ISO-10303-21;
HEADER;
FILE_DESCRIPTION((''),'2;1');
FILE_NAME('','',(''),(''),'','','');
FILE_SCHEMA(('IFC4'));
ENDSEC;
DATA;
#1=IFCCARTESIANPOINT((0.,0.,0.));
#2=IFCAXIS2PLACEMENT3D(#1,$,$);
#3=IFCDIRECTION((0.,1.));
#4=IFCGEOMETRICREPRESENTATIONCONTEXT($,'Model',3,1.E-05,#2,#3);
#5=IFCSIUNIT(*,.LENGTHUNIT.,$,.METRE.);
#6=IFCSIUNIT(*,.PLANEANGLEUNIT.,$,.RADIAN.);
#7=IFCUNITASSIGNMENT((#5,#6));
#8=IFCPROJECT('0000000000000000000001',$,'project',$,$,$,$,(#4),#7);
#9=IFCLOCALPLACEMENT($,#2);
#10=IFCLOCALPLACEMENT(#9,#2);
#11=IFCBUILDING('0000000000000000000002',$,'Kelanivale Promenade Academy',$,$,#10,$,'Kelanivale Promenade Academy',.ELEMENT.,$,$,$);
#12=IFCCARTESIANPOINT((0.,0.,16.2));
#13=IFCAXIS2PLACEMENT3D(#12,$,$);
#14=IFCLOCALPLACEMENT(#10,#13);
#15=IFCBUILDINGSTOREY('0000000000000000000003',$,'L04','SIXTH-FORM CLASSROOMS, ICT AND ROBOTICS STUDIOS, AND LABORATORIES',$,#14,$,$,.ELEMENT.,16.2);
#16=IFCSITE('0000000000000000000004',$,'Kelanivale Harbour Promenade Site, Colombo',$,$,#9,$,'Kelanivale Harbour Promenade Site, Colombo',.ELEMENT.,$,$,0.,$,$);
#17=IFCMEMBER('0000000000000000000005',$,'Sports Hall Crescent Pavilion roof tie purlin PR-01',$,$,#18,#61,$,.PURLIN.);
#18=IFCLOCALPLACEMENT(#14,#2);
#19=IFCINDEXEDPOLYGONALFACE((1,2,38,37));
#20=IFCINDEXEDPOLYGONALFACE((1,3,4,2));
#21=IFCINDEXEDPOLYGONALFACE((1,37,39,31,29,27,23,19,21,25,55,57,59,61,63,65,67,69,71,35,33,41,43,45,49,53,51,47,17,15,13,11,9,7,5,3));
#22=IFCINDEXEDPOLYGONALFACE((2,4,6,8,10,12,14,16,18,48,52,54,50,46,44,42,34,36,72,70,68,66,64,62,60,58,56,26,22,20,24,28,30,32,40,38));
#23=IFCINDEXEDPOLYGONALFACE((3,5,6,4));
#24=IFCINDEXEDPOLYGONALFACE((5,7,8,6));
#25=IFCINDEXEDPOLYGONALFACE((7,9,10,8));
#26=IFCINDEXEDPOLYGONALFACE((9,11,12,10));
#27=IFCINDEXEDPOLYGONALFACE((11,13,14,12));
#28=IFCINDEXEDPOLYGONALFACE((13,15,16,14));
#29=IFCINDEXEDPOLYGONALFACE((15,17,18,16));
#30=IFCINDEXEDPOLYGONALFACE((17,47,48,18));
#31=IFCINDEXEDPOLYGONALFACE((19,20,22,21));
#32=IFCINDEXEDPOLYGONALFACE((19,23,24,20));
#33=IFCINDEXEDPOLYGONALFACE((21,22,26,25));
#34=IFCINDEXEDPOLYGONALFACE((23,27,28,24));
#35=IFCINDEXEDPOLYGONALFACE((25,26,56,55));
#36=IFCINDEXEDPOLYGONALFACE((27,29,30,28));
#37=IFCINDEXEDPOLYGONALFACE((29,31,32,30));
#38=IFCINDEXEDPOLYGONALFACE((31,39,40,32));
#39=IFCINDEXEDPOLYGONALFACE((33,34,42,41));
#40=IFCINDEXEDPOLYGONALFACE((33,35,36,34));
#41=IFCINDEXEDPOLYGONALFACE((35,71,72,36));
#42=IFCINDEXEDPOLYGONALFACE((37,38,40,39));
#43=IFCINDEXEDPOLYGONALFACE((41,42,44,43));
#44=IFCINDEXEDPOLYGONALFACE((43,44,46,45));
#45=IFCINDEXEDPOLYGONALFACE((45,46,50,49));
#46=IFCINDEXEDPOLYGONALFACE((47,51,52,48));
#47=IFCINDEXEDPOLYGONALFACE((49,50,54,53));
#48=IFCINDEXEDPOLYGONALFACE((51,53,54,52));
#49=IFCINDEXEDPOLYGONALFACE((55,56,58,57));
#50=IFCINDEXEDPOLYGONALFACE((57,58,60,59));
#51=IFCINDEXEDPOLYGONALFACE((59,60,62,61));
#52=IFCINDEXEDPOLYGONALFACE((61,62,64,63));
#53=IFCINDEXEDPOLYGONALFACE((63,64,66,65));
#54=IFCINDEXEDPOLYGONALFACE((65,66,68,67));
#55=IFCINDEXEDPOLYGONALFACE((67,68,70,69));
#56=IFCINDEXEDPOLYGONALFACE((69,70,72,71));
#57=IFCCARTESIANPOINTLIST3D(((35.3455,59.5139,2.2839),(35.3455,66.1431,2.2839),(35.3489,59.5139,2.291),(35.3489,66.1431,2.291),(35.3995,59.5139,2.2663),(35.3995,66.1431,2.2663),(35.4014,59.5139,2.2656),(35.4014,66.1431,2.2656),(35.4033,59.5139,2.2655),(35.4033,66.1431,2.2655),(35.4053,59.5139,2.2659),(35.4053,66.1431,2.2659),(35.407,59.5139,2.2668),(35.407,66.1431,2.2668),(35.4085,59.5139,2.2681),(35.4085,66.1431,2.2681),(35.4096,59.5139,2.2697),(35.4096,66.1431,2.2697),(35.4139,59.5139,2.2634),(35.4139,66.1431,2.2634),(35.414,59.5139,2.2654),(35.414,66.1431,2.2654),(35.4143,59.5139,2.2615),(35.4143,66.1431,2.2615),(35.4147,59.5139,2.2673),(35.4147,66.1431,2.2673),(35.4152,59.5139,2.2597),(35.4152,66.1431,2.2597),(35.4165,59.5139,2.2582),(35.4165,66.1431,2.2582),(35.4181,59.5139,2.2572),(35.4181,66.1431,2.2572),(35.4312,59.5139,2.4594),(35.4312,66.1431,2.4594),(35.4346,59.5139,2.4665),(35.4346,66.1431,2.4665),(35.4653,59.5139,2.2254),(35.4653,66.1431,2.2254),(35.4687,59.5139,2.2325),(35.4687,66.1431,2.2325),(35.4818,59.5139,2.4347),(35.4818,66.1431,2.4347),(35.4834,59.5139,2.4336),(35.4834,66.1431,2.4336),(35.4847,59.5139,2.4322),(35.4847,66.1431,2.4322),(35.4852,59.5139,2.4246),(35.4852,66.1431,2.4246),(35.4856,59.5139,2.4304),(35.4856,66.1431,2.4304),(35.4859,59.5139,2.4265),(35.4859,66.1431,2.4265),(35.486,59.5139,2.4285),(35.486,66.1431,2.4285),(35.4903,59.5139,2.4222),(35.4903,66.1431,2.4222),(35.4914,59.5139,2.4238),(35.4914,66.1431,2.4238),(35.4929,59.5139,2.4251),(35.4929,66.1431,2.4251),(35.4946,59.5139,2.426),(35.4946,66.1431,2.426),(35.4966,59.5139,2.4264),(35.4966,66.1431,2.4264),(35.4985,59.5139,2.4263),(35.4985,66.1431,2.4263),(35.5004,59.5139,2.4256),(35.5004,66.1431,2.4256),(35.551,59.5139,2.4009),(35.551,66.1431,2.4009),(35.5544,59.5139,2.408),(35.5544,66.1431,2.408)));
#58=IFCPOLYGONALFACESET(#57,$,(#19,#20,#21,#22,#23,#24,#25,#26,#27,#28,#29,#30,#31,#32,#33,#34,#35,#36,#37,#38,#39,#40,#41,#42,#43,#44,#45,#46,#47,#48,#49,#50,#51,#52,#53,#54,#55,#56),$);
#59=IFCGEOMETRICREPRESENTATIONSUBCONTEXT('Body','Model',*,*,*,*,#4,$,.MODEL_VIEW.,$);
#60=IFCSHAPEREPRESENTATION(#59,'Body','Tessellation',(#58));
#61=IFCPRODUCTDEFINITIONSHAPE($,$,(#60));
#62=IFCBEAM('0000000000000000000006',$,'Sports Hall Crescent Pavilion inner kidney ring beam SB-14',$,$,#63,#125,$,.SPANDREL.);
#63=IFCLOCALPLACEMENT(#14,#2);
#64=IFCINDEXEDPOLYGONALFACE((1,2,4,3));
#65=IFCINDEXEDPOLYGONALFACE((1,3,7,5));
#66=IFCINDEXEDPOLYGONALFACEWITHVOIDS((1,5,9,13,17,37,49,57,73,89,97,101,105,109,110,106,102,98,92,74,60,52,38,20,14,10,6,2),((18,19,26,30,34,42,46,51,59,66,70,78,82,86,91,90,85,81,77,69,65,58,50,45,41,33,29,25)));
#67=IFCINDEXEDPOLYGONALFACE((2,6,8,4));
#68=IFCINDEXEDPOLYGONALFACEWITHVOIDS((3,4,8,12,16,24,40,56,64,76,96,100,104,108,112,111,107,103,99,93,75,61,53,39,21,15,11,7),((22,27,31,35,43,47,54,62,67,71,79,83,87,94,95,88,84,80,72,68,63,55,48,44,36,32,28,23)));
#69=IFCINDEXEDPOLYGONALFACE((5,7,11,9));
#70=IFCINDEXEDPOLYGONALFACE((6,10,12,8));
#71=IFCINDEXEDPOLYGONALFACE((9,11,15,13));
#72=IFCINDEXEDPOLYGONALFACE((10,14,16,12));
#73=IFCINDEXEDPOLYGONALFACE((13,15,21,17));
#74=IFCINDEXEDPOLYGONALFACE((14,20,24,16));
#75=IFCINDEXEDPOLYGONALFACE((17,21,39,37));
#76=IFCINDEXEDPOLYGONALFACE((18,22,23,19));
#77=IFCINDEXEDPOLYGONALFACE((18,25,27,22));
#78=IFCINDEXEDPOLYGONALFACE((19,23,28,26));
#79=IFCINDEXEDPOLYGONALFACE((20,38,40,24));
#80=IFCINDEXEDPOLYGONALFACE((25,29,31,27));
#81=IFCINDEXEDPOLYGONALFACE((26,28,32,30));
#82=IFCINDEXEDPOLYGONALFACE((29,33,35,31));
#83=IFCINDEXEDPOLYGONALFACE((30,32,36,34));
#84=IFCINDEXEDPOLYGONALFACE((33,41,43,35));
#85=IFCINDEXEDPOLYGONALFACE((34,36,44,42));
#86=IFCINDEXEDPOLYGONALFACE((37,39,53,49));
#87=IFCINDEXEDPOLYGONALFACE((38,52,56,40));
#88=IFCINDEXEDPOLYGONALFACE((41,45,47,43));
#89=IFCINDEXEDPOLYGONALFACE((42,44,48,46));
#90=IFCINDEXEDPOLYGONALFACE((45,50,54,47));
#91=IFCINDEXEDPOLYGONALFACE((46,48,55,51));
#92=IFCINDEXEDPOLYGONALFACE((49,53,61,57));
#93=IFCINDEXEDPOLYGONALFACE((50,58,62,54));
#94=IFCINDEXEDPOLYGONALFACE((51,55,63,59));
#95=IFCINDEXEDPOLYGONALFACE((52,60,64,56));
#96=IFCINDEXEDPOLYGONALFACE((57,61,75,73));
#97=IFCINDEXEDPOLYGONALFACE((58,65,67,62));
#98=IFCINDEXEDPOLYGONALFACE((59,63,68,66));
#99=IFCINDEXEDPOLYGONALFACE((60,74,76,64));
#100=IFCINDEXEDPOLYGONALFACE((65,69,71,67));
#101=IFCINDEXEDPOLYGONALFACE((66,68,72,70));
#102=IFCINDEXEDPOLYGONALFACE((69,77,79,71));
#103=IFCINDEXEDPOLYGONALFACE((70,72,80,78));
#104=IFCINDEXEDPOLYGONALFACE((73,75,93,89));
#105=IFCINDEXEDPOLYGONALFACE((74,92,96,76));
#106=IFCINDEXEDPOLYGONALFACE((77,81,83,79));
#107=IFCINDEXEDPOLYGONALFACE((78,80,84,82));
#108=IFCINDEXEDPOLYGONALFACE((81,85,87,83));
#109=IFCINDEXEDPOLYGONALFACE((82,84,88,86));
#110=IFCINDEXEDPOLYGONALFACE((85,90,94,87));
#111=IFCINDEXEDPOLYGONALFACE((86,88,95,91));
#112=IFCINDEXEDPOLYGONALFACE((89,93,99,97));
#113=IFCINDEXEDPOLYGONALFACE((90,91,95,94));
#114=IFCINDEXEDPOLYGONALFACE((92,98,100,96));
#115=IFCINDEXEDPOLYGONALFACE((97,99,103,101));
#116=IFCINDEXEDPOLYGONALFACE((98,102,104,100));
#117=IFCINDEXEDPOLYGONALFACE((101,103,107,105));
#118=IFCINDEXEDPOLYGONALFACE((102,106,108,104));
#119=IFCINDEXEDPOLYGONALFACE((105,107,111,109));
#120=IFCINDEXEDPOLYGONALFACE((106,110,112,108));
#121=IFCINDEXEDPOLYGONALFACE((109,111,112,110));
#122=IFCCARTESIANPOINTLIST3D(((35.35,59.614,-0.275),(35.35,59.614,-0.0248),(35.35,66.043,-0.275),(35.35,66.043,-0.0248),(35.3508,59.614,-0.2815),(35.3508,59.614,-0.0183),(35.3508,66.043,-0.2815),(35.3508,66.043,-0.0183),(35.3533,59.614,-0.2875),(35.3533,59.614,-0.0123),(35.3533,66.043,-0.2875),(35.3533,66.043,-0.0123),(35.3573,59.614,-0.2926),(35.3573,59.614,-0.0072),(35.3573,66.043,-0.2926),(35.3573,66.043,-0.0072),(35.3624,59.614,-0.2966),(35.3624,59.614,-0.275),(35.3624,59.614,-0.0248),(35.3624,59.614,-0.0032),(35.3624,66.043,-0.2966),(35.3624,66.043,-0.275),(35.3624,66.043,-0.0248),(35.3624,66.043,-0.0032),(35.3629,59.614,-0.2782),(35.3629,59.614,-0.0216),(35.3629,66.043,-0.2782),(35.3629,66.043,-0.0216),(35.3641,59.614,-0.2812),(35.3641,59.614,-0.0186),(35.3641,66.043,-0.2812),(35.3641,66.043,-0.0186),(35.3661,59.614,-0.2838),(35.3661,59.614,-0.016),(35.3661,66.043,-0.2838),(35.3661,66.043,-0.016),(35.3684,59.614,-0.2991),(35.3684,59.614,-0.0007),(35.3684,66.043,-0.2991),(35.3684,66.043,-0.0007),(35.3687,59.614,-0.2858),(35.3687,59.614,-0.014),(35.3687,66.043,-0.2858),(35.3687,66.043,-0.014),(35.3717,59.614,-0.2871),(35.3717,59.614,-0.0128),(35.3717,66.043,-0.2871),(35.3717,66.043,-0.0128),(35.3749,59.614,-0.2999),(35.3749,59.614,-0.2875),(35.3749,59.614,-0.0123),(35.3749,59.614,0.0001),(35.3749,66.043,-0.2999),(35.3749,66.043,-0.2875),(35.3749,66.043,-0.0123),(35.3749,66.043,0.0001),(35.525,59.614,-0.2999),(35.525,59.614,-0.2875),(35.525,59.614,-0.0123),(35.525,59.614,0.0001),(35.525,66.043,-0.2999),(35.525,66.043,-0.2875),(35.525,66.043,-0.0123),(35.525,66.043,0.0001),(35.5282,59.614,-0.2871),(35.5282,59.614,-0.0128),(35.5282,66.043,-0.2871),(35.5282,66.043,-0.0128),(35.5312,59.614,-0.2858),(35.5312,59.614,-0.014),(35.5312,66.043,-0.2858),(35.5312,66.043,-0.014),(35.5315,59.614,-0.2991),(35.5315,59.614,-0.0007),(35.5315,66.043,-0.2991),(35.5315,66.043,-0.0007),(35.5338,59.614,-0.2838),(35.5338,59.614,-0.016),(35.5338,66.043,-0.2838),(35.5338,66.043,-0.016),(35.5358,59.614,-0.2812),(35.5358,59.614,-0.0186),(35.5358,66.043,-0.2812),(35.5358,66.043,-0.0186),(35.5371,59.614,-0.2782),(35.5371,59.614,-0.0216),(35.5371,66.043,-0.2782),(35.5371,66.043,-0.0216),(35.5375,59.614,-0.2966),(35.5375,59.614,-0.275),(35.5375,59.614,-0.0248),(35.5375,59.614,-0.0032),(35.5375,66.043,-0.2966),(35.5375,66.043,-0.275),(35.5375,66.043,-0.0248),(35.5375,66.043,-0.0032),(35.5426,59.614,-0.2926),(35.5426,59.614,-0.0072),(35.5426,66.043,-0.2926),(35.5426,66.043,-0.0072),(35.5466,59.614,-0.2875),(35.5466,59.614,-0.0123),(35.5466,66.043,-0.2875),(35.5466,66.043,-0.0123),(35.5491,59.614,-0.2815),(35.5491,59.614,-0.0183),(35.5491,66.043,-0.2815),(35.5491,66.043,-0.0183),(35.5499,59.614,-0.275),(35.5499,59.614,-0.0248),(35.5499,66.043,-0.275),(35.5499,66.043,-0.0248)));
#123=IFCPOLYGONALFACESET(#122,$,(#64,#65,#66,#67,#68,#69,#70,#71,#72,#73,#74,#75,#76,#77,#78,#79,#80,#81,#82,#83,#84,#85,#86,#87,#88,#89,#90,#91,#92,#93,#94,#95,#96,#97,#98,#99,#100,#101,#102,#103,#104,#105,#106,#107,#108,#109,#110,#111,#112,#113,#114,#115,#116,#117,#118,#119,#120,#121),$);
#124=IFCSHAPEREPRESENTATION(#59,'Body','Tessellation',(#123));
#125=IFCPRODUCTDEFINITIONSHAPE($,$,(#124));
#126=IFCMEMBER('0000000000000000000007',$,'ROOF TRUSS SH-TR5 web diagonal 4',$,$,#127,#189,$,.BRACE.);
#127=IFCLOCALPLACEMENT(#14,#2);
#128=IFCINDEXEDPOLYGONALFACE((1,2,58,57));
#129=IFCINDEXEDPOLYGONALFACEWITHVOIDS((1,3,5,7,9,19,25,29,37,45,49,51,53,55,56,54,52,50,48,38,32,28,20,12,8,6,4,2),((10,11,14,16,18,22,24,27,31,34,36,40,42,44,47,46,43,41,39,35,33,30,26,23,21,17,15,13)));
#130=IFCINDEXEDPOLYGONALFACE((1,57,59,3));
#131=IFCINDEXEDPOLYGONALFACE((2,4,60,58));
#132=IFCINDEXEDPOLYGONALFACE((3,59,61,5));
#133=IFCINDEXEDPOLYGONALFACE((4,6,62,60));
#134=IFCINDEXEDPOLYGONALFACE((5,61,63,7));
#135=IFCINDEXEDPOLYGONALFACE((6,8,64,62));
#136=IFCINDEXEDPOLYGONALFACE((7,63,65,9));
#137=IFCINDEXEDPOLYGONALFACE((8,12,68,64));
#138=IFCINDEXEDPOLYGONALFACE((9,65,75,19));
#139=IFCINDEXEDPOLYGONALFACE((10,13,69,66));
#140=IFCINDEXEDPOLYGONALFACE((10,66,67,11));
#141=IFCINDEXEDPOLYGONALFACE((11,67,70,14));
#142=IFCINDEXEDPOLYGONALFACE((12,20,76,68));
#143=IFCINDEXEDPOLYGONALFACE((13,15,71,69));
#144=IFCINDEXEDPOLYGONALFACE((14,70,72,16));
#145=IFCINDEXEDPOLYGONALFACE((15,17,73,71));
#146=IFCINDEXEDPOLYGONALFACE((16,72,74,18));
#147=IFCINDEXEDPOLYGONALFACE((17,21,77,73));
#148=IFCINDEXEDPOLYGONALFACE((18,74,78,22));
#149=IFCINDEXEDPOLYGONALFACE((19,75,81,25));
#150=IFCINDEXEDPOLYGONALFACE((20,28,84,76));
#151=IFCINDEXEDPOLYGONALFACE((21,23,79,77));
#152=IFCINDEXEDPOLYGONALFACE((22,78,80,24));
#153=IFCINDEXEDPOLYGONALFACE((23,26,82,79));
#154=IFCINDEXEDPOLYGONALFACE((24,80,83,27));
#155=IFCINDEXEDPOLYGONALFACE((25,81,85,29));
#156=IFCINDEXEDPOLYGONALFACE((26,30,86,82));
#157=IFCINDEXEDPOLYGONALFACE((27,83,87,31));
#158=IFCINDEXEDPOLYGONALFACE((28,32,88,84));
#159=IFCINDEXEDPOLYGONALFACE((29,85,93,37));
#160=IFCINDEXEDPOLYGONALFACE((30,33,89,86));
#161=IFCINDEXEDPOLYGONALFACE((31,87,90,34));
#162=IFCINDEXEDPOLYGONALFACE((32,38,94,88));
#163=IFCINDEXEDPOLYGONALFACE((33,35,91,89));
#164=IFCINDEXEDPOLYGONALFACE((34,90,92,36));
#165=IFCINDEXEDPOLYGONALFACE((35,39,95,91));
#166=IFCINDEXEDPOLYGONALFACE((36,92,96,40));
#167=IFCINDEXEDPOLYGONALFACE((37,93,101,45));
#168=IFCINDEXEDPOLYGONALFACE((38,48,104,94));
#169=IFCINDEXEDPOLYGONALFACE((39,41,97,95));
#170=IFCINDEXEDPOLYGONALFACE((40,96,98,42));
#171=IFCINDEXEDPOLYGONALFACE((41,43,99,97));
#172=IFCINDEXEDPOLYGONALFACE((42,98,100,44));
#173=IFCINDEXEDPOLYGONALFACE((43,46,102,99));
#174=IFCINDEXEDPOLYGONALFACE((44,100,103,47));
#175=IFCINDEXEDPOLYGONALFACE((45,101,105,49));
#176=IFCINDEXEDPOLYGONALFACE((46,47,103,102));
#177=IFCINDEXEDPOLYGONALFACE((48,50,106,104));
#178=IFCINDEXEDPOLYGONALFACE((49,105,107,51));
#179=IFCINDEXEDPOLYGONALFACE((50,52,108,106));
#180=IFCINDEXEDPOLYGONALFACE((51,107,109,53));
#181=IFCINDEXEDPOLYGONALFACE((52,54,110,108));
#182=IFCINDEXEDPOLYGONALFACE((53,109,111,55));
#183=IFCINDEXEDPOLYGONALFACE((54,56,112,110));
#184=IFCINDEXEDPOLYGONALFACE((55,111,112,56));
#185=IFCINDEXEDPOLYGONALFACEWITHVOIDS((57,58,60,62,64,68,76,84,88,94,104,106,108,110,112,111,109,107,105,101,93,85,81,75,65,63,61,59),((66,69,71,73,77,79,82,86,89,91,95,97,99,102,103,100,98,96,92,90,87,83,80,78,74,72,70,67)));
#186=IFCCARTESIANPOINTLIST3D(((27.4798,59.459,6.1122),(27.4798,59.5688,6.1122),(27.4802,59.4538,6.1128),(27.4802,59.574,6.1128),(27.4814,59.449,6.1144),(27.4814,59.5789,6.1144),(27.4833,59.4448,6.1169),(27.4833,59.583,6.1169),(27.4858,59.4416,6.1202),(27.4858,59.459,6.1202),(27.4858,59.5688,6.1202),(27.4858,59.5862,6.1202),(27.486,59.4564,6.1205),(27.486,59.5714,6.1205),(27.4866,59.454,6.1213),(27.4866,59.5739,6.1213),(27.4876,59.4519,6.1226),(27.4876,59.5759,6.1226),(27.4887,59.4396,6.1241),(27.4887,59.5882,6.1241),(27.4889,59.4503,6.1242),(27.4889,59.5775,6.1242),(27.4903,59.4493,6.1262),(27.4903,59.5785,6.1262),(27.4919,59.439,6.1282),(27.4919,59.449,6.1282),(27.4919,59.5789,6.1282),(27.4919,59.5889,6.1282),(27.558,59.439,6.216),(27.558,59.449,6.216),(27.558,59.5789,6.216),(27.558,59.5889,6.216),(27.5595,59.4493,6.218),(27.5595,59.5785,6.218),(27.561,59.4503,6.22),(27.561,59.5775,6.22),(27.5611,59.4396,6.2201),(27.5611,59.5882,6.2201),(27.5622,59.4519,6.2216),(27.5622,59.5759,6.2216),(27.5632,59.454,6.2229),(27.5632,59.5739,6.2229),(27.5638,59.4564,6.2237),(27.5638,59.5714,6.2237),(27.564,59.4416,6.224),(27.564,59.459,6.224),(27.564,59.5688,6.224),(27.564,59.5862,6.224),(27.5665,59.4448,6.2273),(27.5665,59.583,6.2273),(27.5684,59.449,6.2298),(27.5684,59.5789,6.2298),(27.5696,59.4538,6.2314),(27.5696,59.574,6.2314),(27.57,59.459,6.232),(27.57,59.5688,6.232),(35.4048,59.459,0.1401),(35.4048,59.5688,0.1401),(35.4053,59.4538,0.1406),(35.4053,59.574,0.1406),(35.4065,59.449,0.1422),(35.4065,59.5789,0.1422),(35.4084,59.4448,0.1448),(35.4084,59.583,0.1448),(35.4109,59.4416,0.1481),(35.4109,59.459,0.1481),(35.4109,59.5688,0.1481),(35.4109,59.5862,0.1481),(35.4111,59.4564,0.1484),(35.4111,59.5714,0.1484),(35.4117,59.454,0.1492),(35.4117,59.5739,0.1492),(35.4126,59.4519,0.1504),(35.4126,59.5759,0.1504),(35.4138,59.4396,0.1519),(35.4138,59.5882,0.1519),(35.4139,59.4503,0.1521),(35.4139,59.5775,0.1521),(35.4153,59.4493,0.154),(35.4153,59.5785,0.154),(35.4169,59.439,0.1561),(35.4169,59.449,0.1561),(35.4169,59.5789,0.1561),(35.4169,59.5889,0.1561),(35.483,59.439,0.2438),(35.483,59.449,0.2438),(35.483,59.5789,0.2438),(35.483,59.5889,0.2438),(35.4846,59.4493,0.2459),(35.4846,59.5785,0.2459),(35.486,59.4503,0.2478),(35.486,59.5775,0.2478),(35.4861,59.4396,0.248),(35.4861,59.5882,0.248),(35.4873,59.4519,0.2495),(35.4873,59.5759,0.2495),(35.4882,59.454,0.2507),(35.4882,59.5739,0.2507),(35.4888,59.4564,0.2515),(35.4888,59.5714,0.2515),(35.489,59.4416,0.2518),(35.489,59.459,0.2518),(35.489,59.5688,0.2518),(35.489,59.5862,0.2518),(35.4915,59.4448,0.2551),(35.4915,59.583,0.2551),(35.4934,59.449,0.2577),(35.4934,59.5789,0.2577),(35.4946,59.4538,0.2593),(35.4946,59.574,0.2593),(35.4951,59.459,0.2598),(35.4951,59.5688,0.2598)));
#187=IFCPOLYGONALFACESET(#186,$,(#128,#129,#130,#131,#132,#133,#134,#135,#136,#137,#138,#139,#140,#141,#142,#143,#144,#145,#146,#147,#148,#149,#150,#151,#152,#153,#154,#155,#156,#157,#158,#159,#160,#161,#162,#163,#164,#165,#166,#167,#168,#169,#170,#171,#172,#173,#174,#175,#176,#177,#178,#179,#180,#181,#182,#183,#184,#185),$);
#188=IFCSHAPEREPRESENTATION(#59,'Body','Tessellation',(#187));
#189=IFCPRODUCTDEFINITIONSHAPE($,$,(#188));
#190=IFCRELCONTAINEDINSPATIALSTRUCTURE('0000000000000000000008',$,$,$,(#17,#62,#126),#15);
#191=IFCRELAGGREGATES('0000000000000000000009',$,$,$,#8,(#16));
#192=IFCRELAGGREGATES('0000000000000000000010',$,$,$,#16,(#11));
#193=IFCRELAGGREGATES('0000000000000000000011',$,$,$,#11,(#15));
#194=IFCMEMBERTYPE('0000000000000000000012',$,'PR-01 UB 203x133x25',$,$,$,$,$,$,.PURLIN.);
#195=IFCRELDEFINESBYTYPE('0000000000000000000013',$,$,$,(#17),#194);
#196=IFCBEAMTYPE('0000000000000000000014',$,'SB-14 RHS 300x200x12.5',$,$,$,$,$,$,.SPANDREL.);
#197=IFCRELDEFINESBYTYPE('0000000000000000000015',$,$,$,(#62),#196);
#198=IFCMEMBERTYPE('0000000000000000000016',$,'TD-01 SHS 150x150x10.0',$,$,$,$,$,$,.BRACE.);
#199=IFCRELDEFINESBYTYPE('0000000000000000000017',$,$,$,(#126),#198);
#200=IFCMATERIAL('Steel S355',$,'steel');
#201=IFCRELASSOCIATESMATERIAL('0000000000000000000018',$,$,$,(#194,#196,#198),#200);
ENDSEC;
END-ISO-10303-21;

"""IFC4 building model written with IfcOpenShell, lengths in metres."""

from ifc_helpers import new_model, si_unit, direction, frame, origin, origin_2d, place, context, subcontext, project, spatial, hollow_rectangle, i_section, extrude, material, material_profile, profile_set, type_object, element, save


model = new_model("IFC4")

# Units and contexts
model_context = context("Model", 3, precision=1e-05, world=origin(), true_north=direction((0.0, 1.0)))
body_context = subcontext(model_context, "Body", "Model", "MODEL_VIEW")
ifc_project = project(units=[si_unit("LENGTHUNIT", "METRE"), si_unit("PLANEANGLEUNIT", "RADIAN")], contexts=[model_context])

# Site, building, storey
site_placement = place(None, origin())
site = spatial("IfcSite", under=ifc_project, at=site_placement, Name="Kelanivale Harbour Promenade Site, Colombo", LongName="Kelanivale Harbour Promenade Site, Colombo", CompositionType="ELEMENT", RefElevation=0.0)
building_placement = place(site_placement, origin())
building = spatial("IfcBuilding", under=site, at=building_placement, Name="Kelanivale Promenade Academy", LongName="Kelanivale Promenade Academy", CompositionType="ELEMENT")
storey_placement = place(building_placement, frame((0.0, 0.0, 16.2)))
storey = spatial("IfcBuildingStorey", under=building, at=storey_placement, Name="L04", Description="SIXTH-FORM CLASSROOMS, ICT AND ROBOTICS STUDIOS, AND LABORATORIES", CompositionType="ELEMENT", Elevation=16.2)

# Shared definitions
ifc_material_1 = material(Name="Steel S355", Category="steel")

# Member
ifc_material_profile_1 = material_profile(ifc_material_1, i_section(OverallWidth=0.1333, OverallDepth=0.2031, WebThickness=0.0056, FlangeThickness=0.0078, FilletRadius=0.0076, at=origin_2d()), Name="UB 203x133x25")
ifc_profile_set_1 = profile_set([ifc_material_profile_1], Name="Steel S355")
member_type_1 = type_object("IfcMemberType", Name="PR-01 UB 203x133x25", PredefinedType="PURLIN", material=ifc_profile_set_1)
member_1_placement = place(storey_placement, frame((35.45, 59.5139, 2.3459), z_axis=(0.0, 1.0, 0.0), x_axis=(-0.898564, 0.0, 0.438842)))
element("IfcMember", 1, at=member_1_placement, inside=storey, type_object=member_type_1, Name="Sports Hall Crescent Pavilion roof tie purlin PR-01", PredefinedType="PURLIN", context=body_context, shape_type="SweptSolid", body=[
    extrude(i_section(OverallWidth=0.1333, OverallDepth=0.2031, WebThickness=0.0056, FlangeThickness=0.0078, FilletRadius=0.0076, at=origin_2d()), origin(), (0.0, 0.0, 1.0), 6.6292),
])

# Beam
ifc_material_profile_2 = material_profile(ifc_material_1, hollow_rectangle(XDim=0.2, YDim=0.3, WallThickness=0.0125, InnerFilletRadius=0.0125, OuterFilletRadius=0.0249, at=origin_2d()), Name="RHS 300x200x12.5")
ifc_profile_set_2 = profile_set([ifc_material_profile_2], Name="Steel S355")
beam_type_1 = type_object("IfcBeamType", Name="SB-14 RHS 300x200x12.5", PredefinedType="SPANDREL", material=ifc_profile_set_2)
beam_1_placement = place(storey_placement, frame((35.45, 59.614, -0.1499), z_axis=(0.0, 1.0, 0.0), x_axis=(-1.0, 0.0, 0.0)))
element("IfcBeam", 2, at=beam_1_placement, inside=storey, type_object=beam_type_1, Name="Sports Hall Crescent Pavilion inner kidney ring beam SB-14", PredefinedType="SPANDREL", context=body_context, shape_type="SweptSolid", body=[
    extrude(hollow_rectangle(XDim=0.2, YDim=0.3, WallThickness=0.0125, InnerFilletRadius=0.0125, OuterFilletRadius=0.0249, at=origin_2d()), origin(), (0.0, 0.0, 1.0), 6.429),
])

# Member
ifc_material_profile_3 = material_profile(ifc_material_1, hollow_rectangle(XDim=0.1499, YDim=0.1499, WallThickness=0.01, InnerFilletRadius=0.01, OuterFilletRadius=0.02, at=origin_2d()), Name="SHS 150x150x10.0")
ifc_profile_set_3 = profile_set([ifc_material_profile_3], Name="Steel S355")
member_type_2 = type_object("IfcMemberType", Name="TD-01 SHS 150x150x10.0", PredefinedType="BRACE", material=ifc_profile_set_3)
member_2_placement = place(storey_placement, frame((35.45, 59.5139, 0.2), z_axis=(-0.798625, 0.0, 0.601829), x_axis=(0.0, -1.0, 0.0)))
element("IfcMember", 3, at=member_2_placement, inside=storey, type_object=member_type_2, Name="ROOF TRUSS SH-TR5 web diagonal 4", PredefinedType="BRACE", context=body_context, shape_type="SweptSolid", body=[
    extrude(hollow_rectangle(XDim=0.1499, YDim=0.1499, WallThickness=0.01, InnerFilletRadius=0.01, OuterFilletRadius=0.02, at=origin_2d()), origin(), (0.0, 0.0, 1.0), 9.9233),
])

save(model, "model.ifc")
